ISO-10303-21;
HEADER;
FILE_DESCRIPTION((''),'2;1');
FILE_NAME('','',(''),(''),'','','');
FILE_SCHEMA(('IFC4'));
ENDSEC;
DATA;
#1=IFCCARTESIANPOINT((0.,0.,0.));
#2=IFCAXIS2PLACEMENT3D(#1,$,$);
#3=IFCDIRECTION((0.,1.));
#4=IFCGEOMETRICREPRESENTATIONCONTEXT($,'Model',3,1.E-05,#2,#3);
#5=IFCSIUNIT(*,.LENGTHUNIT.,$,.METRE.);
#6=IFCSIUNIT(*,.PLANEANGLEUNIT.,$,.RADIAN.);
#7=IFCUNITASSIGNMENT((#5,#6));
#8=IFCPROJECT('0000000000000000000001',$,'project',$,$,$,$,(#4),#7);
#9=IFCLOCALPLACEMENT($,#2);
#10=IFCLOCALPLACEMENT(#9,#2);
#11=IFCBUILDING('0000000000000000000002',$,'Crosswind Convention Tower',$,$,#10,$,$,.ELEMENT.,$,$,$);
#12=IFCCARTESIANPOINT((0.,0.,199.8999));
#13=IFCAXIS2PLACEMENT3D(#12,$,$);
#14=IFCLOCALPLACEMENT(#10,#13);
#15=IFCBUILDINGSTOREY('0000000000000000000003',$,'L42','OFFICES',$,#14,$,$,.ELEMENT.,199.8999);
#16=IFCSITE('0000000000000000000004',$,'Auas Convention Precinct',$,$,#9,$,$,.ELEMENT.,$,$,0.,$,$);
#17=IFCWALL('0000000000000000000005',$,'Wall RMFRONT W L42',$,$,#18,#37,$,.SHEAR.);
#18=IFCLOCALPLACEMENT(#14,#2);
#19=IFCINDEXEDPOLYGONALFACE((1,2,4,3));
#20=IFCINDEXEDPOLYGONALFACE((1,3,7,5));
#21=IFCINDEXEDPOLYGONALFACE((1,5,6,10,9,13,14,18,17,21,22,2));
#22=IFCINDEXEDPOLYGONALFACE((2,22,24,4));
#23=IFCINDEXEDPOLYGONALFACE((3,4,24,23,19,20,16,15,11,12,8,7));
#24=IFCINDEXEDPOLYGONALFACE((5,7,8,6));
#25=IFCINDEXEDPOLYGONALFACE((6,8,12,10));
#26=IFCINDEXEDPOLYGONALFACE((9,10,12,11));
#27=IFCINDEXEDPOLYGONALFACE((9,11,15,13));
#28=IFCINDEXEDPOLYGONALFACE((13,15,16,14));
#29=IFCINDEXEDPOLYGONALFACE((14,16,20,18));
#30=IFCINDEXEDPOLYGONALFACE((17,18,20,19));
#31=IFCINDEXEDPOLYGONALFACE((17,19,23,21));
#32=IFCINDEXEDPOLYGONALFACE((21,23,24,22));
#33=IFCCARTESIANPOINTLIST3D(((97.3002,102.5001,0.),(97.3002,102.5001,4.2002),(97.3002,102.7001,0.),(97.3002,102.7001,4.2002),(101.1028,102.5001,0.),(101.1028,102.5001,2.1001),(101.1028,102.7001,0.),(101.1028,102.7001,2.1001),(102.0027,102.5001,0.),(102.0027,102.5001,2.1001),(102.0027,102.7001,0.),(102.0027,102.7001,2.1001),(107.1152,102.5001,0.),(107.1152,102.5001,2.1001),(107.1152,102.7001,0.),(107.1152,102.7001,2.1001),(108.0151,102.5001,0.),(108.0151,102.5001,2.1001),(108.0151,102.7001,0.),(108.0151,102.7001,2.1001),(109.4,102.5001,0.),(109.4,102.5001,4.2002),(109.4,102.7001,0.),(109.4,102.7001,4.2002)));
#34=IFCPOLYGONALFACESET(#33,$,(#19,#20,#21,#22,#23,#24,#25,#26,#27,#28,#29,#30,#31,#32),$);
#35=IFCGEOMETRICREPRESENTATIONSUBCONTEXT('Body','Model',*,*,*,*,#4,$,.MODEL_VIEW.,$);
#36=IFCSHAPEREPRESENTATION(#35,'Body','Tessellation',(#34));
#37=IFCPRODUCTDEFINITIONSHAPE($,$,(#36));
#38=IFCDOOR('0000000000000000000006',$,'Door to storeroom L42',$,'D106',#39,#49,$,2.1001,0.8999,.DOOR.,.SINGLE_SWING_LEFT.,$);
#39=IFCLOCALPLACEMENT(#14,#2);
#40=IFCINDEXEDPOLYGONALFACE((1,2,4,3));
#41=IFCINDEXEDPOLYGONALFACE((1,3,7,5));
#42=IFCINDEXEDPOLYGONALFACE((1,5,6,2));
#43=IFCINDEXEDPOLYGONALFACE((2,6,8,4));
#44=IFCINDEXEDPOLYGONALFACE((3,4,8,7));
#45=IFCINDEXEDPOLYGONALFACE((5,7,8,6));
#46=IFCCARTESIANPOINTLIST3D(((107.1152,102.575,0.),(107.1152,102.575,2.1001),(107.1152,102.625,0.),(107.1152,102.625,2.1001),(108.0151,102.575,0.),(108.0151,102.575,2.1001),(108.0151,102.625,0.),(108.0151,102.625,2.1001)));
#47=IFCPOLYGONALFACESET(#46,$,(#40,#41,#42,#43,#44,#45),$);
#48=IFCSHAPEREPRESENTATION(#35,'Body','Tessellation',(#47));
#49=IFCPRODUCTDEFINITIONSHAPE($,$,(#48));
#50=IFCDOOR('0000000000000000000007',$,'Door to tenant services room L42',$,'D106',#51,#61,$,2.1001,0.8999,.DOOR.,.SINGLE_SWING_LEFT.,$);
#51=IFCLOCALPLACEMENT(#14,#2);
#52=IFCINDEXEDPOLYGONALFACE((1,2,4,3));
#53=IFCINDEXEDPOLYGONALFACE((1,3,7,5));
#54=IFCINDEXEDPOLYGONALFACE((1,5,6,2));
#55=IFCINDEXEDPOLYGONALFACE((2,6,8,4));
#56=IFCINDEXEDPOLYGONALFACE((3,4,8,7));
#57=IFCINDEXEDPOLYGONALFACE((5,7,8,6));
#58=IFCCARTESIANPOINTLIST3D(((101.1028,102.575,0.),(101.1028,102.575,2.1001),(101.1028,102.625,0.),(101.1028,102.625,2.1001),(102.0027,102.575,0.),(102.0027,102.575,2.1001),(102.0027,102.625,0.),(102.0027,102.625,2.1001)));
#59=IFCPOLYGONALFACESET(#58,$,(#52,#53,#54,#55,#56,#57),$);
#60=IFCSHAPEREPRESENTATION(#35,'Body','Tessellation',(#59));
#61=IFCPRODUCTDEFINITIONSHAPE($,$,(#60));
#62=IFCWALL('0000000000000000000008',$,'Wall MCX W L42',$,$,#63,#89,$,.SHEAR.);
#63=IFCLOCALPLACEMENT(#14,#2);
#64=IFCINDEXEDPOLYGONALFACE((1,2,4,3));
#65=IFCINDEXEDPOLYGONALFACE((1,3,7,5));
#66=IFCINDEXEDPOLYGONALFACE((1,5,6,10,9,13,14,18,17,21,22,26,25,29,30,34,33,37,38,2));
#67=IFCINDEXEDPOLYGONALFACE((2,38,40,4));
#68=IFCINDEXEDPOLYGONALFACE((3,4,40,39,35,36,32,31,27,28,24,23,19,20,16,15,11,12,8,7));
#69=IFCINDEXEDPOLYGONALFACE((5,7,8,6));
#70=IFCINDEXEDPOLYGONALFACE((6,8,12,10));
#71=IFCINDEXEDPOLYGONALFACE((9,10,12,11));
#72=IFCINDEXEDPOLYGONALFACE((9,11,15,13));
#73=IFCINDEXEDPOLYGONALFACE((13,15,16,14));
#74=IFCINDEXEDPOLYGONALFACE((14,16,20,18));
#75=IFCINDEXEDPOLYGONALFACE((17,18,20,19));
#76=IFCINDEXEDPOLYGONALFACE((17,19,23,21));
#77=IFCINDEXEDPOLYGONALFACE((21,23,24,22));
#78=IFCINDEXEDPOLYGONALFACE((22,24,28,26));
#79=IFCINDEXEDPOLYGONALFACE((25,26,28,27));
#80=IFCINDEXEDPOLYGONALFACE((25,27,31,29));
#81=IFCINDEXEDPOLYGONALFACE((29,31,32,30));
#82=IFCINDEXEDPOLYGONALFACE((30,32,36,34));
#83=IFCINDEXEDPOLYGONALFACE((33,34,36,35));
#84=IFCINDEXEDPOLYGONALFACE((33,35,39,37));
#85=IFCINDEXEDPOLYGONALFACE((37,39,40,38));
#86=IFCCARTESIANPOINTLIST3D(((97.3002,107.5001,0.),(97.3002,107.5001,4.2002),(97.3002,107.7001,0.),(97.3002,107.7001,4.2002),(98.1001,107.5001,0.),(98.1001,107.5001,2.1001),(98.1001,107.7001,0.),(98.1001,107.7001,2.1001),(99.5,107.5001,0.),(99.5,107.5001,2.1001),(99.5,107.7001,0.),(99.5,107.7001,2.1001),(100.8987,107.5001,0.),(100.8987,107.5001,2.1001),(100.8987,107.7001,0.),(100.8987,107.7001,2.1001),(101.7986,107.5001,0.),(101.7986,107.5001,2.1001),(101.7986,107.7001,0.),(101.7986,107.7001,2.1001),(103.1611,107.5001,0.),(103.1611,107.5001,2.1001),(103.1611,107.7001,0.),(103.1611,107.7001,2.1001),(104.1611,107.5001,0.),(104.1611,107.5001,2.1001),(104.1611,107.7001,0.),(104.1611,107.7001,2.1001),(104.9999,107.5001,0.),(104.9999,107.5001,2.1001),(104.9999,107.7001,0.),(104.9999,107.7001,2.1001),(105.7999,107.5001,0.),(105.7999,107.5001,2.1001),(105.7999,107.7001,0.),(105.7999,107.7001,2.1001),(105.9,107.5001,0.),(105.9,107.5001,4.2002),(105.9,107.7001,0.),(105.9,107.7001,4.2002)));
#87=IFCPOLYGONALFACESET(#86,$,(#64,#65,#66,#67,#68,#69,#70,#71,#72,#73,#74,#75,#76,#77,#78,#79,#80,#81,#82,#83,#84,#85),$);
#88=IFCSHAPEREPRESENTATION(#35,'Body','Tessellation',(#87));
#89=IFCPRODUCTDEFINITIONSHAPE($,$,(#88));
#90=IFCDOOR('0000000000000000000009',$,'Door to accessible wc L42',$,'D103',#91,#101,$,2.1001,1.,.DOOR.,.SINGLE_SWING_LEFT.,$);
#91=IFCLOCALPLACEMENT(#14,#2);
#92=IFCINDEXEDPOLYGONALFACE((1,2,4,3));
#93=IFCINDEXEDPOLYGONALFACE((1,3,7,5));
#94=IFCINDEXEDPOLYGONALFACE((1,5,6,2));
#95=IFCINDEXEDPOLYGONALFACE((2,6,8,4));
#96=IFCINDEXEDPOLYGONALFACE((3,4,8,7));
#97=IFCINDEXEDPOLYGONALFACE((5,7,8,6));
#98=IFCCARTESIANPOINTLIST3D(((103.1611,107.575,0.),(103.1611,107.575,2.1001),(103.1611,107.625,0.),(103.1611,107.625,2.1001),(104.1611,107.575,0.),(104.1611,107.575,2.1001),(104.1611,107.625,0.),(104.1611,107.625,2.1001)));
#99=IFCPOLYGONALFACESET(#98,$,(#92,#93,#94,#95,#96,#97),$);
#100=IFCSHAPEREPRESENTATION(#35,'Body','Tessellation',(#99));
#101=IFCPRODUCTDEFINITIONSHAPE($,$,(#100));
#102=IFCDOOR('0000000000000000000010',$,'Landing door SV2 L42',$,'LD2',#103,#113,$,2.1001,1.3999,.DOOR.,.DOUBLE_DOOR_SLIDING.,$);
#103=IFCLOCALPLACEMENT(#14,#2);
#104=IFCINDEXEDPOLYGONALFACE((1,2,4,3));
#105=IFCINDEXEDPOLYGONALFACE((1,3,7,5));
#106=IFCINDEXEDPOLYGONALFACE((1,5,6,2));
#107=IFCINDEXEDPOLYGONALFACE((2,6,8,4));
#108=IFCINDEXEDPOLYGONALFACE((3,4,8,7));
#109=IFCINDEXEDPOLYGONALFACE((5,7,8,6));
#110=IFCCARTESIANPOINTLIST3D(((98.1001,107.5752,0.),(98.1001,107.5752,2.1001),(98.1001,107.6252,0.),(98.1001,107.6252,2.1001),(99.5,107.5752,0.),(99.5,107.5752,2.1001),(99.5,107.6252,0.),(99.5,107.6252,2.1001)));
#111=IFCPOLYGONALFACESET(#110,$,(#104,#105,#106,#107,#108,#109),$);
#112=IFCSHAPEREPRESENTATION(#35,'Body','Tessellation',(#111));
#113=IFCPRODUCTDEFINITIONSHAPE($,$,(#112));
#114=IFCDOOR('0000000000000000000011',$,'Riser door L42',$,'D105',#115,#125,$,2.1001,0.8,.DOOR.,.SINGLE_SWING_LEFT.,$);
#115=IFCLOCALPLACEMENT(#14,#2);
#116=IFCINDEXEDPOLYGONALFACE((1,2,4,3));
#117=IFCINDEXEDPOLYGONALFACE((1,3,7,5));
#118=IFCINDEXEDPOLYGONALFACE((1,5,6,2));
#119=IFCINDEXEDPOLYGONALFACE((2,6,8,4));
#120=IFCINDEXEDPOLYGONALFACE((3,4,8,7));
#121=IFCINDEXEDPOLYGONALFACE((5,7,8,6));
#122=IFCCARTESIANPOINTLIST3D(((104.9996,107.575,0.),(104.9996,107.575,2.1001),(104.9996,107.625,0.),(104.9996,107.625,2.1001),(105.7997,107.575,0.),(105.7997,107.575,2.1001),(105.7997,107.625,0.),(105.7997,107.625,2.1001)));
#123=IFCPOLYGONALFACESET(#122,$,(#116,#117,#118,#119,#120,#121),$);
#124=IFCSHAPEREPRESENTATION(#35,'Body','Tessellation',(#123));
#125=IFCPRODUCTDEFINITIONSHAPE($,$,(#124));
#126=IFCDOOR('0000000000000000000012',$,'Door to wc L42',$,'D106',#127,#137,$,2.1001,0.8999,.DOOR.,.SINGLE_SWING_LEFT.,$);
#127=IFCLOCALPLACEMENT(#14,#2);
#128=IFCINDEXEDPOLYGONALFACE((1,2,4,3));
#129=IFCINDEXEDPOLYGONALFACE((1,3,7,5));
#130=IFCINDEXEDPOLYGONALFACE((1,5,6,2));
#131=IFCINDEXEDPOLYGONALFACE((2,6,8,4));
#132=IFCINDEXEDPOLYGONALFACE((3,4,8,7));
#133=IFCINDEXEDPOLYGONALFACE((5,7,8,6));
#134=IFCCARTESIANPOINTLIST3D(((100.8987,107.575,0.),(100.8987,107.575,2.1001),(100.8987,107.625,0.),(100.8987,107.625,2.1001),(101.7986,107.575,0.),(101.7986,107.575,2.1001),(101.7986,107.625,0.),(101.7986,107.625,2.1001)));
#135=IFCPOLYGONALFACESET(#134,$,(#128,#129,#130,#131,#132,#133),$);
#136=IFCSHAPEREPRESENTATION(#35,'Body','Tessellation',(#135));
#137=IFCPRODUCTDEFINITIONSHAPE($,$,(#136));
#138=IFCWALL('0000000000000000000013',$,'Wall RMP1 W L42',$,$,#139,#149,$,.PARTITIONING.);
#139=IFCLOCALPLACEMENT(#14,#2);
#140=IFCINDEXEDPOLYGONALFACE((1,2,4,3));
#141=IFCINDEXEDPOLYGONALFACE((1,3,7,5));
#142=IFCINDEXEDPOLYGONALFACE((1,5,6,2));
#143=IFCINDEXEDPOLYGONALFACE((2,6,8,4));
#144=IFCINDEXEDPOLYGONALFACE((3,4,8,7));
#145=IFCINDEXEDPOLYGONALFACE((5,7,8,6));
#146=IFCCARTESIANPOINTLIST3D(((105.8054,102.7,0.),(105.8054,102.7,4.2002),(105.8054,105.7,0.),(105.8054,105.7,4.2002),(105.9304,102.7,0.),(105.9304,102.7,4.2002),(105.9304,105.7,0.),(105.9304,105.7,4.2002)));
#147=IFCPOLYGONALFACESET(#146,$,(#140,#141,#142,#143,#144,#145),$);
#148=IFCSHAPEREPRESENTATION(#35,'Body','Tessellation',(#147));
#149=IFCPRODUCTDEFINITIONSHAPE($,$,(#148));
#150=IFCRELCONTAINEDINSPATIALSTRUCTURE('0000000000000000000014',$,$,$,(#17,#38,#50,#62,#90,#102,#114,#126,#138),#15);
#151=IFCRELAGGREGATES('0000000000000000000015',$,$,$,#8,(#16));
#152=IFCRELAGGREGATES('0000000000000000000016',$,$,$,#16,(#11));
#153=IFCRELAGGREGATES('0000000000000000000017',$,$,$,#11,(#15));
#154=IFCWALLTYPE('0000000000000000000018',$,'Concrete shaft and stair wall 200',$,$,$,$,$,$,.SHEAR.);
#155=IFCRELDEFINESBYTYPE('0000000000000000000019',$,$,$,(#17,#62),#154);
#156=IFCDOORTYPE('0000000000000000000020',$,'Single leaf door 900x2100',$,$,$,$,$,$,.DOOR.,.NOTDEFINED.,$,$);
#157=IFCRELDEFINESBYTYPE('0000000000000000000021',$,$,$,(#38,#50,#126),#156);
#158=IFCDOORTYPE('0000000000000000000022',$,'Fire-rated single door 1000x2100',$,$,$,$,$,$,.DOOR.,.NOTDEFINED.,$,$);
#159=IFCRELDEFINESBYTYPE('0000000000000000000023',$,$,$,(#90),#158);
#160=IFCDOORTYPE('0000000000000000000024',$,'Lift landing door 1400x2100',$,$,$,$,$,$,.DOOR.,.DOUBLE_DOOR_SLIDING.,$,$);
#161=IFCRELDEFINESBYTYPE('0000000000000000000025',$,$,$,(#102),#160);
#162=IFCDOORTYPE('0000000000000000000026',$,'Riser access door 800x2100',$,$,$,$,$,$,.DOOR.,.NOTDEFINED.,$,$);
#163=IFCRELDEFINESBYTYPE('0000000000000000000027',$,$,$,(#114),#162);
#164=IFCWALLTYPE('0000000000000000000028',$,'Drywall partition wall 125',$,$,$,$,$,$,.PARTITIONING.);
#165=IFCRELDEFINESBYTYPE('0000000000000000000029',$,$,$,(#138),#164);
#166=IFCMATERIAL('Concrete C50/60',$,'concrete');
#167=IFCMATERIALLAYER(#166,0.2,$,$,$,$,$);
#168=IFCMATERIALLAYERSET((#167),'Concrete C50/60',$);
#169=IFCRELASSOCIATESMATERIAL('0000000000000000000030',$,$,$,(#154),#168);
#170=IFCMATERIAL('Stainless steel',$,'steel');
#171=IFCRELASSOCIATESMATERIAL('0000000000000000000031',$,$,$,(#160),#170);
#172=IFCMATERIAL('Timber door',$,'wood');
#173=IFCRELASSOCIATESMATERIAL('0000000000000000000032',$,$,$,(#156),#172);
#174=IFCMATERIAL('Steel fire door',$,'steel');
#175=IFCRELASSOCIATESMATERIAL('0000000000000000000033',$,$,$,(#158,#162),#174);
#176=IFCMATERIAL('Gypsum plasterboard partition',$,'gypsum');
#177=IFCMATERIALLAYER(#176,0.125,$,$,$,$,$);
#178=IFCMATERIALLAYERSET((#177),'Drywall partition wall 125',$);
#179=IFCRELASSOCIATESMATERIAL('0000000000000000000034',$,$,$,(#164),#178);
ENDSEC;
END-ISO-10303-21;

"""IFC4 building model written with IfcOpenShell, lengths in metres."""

from ifc_helpers import new_model, si_unit, direction, frame, frame_2d, origin, place, context, subcontext, project, spatial, rectangle, extrude, material, layer, layer_set, type_object, element, fill, save


model = new_model("IFC4")

# Units and contexts
model_context = context("Model", 3, precision=1e-05, world=origin(), true_north=direction((0.0, 1.0)))
body_context = subcontext(model_context, "Body", "Model", "MODEL_VIEW")
ifc_project = project(units=[si_unit("LENGTHUNIT", "METRE"), si_unit("PLANEANGLEUNIT", "RADIAN")], contexts=[model_context])

# Site, building, storey
site_placement = place(None, origin())
site = spatial("IfcSite", under=ifc_project, at=site_placement, Name="Auas Convention Precinct", CompositionType="ELEMENT", RefElevation=0.0)
building_placement = place(site_placement, origin())
building = spatial("IfcBuilding", under=site, at=building_placement, Name="Crosswind Convention Tower", CompositionType="ELEMENT")
storey_placement = place(building_placement, frame((0.0, 0.0, 199.8999)))
storey = spatial("IfcBuildingStorey", under=building, at=storey_placement, Name="L42", Description="OFFICES", CompositionType="ELEMENT", Elevation=199.8999)

# Shared definitions
ifc_material_1 = material(Name="Concrete C50/60", Category="concrete")
ifc_layer_1 = layer(ifc_material_1, 0.2)
ifc_layer_set_1 = layer_set([ifc_layer_1], Name="Concrete C50/60")
wall_type_1 = type_object("IfcWallType", Name="Concrete shaft and stair wall 200", PredefinedType="SHEAR", material=ifc_layer_set_1)

# Shared definitions
ifc_material_2 = material(Name="Stainless steel", Category="steel")
door_type_1 = type_object("IfcDoorType", Name="Lift landing door 1400x2100", OperationType="DOUBLE_DOOR_SLIDING", PredefinedType="DOOR", material=ifc_material_2)

# Walls, openings, doors
wall_1_placement = place(storey_placement, frame((109.3999, 102.6001, 0.0), z_axis=(0.0, 0.0, 1.0), x_axis=(-1.0, 0.0, 0.0)))
wall_1 = element("IfcWall", 1, at=wall_1_placement, inside=storey, type_object=wall_type_1, Name="Wall RMFRONT W L42", PredefinedType="SHEAR", context=body_context, shape_type="SweptSolid", body=[
    extrude(rectangle(XDim=12.0999, YDim=0.2, at=frame_2d((6.0498, 0.0))), origin(), (0.0, 0.0, 1.0), 4.2002),
])
opening_1_placement = place(wall_1_placement, frame((1.3848, 0.0, 0.0)))
opening_1 = element("IfcOpeningElement", 2, at=opening_1_placement, cuts=wall_1, PredefinedType="OPENING", context=body_context, shape_type="SweptSolid", body=[
    extrude(rectangle(XDim=0.8999, YDim=2.1001, at=frame_2d((0.45, 1.05))), frame((0.0, 0.1099, 0.0), z_axis=(0.0, -1.0, 0.0), x_axis=(1.0, 0.0, 0.0)), (0.0, 0.0, 1.0), 0.22),
])
opening_2_placement = place(wall_1_placement, frame((7.3972, 0.0, 0.0)))
opening_2 = element("IfcOpeningElement", 3, at=opening_2_placement, cuts=wall_1, PredefinedType="OPENING", context=body_context, shape_type="SweptSolid", body=[
    extrude(rectangle(XDim=0.8999, YDim=2.1001, at=frame_2d((0.45, 1.05))), frame((0.0, 0.1099, 0.0), z_axis=(0.0, -1.0, 0.0), x_axis=(1.0, 0.0, 0.0)), (0.0, 0.0, 1.0), 0.22),
])
ifc_material_3 = material(Name="Timber door", Category="wood")
door_type_2 = type_object("IfcDoorType", Name="Single leaf door 900x2100", OperationType="NOTDEFINED", PredefinedType="DOOR", material=ifc_material_3)
door_1_placement = place(opening_1_placement, frame((0.8999, 0.0, 0.0), z_axis=(0.0, 0.0, 1.0), x_axis=(-1.0, 0.0, 0.0)))
door_1 = element("IfcDoor", 4, at=door_1_placement, inside=storey, type_object=door_type_2, Name="Door to storeroom L42", ObjectType="D106", OperationType="SINGLE_SWING_LEFT", OverallHeight=2.1001, OverallWidth=0.8999, PredefinedType="DOOR", context=body_context, shape_type="SweptSolid", body=[
    extrude(rectangle(XDim=0.8999, YDim=2.1001, at=frame_2d((0.45, 1.05))), frame((0.0, 0.0249, 0.0), z_axis=(0.0, -1.0, 0.0), x_axis=(1.0, 0.0, 0.0)), (0.0, 0.0, 1.0), 0.05),
])
fill(opening_1, door_1)
door_2_placement = place(opening_2_placement, frame((0.8999, 0.0, 0.0), z_axis=(0.0, 0.0, 1.0), x_axis=(-1.0, 0.0, 0.0)))
door_2 = element("IfcDoor", 5, at=door_2_placement, inside=storey, type_object=door_type_2, Name="Door to tenant services room L42", ObjectType="D106", OperationType="SINGLE_SWING_LEFT", OverallHeight=2.1001, OverallWidth=0.8999, PredefinedType="DOOR", context=body_context, shape_type="SweptSolid", body=[
    extrude(rectangle(XDim=0.8999, YDim=2.1001, at=frame_2d((0.45, 1.05))), frame((0.0, 0.0249, 0.0), z_axis=(0.0, -1.0, 0.0), x_axis=(1.0, 0.0, 0.0)), (0.0, 0.0, 1.0), 0.05),
])
fill(opening_2, door_2)
wall_2_placement = place(storey_placement, frame((105.8999, 107.6001, 0.0), z_axis=(0.0, 0.0, 1.0), x_axis=(-1.0, 0.0, 0.0)))
wall_2 = element("IfcWall", 6, at=wall_2_placement, inside=storey, type_object=wall_type_1, Name="Wall MCX W L42", PredefinedType="SHEAR", context=body_context, shape_type="SweptSolid", body=[
    extrude(rectangle(XDim=8.5999, YDim=0.2, at=frame_2d((4.2998, 0.0))), origin(), (0.0, 0.0, 1.0), 4.2002),
])
opening_3_placement = place(wall_2_placement, frame((0.1001, 0.0, 0.0)))
opening_3 = element("IfcOpeningElement", 7, at=opening_3_placement, cuts=wall_2, PredefinedType="OPENING", context=body_context, shape_type="SweptSolid", body=[
    extrude(rectangle(XDim=0.8, YDim=2.1001, at=frame_2d((0.3999, 1.05))), frame((0.0, 0.1099, 0.0), z_axis=(0.0, -1.0, 0.0), x_axis=(1.0, 0.0, 0.0)), (0.0, 0.0, 1.0), 0.22),
])
opening_4_placement = place(wall_2_placement, frame((1.7388, 0.0, 0.0)))
opening_4 = element("IfcOpeningElement", 8, at=opening_4_placement, cuts=wall_2, PredefinedType="OPENING", context=body_context, shape_type="SweptSolid", body=[
    extrude(rectangle(XDim=1.0, YDim=2.1001, at=frame_2d((0.5, 1.05))), frame((0.0, 0.1099, 0.0), z_axis=(0.0, -1.0, 0.0), x_axis=(1.0, 0.0, 0.0)), (0.0, 0.0, 1.0), 0.22),
])
opening_5_placement = place(wall_2_placement, frame((4.1013, 0.0, 0.0)))
opening_5 = element("IfcOpeningElement", 9, at=opening_5_placement, cuts=wall_2, PredefinedType="OPENING", context=body_context, shape_type="SweptSolid", body=[
    extrude(rectangle(XDim=0.8999, YDim=2.1001, at=frame_2d((0.45, 1.05))), frame((0.0, 0.1099, 0.0), z_axis=(0.0, -1.0, 0.0), x_axis=(1.0, 0.0, 0.0)), (0.0, 0.0, 1.0), 0.22),
])
opening_6_placement = place(wall_2_placement, frame((6.3999, 0.0, 0.0)))
opening_6 = element("IfcOpeningElement", 10, at=opening_6_placement, cuts=wall_2, PredefinedType="OPENING", context=body_context, shape_type="SweptSolid", body=[
    extrude(rectangle(XDim=1.3999, YDim=2.1001, at=frame_2d((0.7, 1.05))), frame((0.0, 0.1099, 0.0), z_axis=(0.0, -1.0, 0.0), x_axis=(1.0, 0.0, 0.0)), (0.0, 0.0, 1.0), 0.22),
])
ifc_material_4 = material(Name="Steel fire door", Category="steel")
door_type_3 = type_object("IfcDoorType", Name="Fire-rated single door 1000x2100", OperationType="NOTDEFINED", PredefinedType="DOOR", material=ifc_material_4)
door_3_placement = place(opening_4_placement, frame((1.0, 0.0, 0.0), z_axis=(0.0, 0.0, 1.0), x_axis=(-1.0, 0.0, 0.0)))
door_3 = element("IfcDoor", 11, at=door_3_placement, inside=storey, type_object=door_type_3, Name="Door to accessible wc L42", ObjectType="D103", OperationType="SINGLE_SWING_LEFT", OverallHeight=2.1001, OverallWidth=1.0, PredefinedType="DOOR", context=body_context, shape_type="SweptSolid", body=[
    extrude(rectangle(XDim=1.0, YDim=2.1001, at=frame_2d((0.5, 1.05))), frame((0.0, 0.0249, 0.0), z_axis=(0.0, -1.0, 0.0), x_axis=(1.0, 0.0, 0.0)), (0.0, 0.0, 1.0), 0.05),
])
fill(opening_4, door_3)
door_4_placement = place(opening_6_placement, origin())
door_4 = element("IfcDoor", 12, at=door_4_placement, inside=storey, type_object=door_type_1, Name="Landing door SV2 L42", ObjectType="LD2", OperationType="DOUBLE_DOOR_SLIDING", OverallHeight=2.1001, OverallWidth=1.3999, PredefinedType="DOOR", context=body_context, shape_type="SweptSolid", body=[
    extrude(rectangle(XDim=1.3999, YDim=2.1001, at=frame_2d((0.7, 1.05))), frame((0.0, 0.0249, 0.0), z_axis=(0.0, -1.0, 0.0), x_axis=(1.0, 0.0, 0.0)), (0.0, 0.0, 1.0), 0.05),
])
fill(opening_6, door_4)
door_type_4 = type_object("IfcDoorType", Name="Riser access door 800x2100", OperationType="NOTDEFINED", PredefinedType="DOOR", material=ifc_material_4)
door_5_placement = place(opening_3_placement, frame((0.8, 0.0, 0.0), z_axis=(0.0, 0.0, 1.0), x_axis=(-1.0, 0.0, 0.0)))
door_5 = element("IfcDoor", 13, at=door_5_placement, inside=storey, type_object=door_type_4, Name="Riser door L42", ObjectType="D105", OperationType="SINGLE_SWING_LEFT", OverallHeight=2.1001, OverallWidth=0.8, PredefinedType="DOOR", context=body_context, shape_type="SweptSolid", body=[
    extrude(rectangle(XDim=0.8, YDim=2.1001, at=frame_2d((0.3999, 1.05))), frame((0.0, 0.0249, 0.0), z_axis=(0.0, -1.0, 0.0), x_axis=(1.0, 0.0, 0.0)), (0.0, 0.0, 1.0), 0.05),
])
fill(opening_3, door_5)
door_6_placement = place(opening_5_placement, frame((0.8999, 0.0, 0.0), z_axis=(0.0, 0.0, 1.0), x_axis=(-1.0, 0.0, 0.0)))
door_6 = element("IfcDoor", 14, at=door_6_placement, inside=storey, type_object=door_type_2, Name="Door to wc L42", ObjectType="D106", OperationType="SINGLE_SWING_LEFT", OverallHeight=2.1001, OverallWidth=0.8999, PredefinedType="DOOR", context=body_context, shape_type="SweptSolid", body=[
    extrude(rectangle(XDim=0.8999, YDim=2.1001, at=frame_2d((0.45, 1.05))), frame((0.0, 0.0249, 0.0), z_axis=(0.0, -1.0, 0.0), x_axis=(1.0, 0.0, 0.0)), (0.0, 0.0, 1.0), 0.05),
])
fill(opening_5, door_6)

# Wall
ifc_material_5 = material(Name="Gypsum plasterboard partition", Category="gypsum")
ifc_layer_2 = layer(ifc_material_5, 0.125)
ifc_layer_set_2 = layer_set([ifc_layer_2], Name="Drywall partition wall 125")
wall_type_2 = type_object("IfcWallType", Name="Drywall partition wall 125", PredefinedType="PARTITIONING", material=ifc_layer_set_2)
wall_3_placement = place(storey_placement, frame((105.8679, 105.7, 0.0), z_axis=(0.0, 0.0, 1.0), x_axis=(0.0, -1.0, 0.0)))
element("IfcWall", 15, at=wall_3_placement, inside=storey, type_object=wall_type_2, Name="Wall RMP1 W L42", PredefinedType="PARTITIONING", context=body_context, shape_type="SweptSolid", body=[
    extrude(rectangle(XDim=3.0, YDim=0.125, at=frame_2d((1.5, 0.0))), origin(), (0.0, 0.0, 1.0), 4.2002),
])

save(model, "model.ifc")
